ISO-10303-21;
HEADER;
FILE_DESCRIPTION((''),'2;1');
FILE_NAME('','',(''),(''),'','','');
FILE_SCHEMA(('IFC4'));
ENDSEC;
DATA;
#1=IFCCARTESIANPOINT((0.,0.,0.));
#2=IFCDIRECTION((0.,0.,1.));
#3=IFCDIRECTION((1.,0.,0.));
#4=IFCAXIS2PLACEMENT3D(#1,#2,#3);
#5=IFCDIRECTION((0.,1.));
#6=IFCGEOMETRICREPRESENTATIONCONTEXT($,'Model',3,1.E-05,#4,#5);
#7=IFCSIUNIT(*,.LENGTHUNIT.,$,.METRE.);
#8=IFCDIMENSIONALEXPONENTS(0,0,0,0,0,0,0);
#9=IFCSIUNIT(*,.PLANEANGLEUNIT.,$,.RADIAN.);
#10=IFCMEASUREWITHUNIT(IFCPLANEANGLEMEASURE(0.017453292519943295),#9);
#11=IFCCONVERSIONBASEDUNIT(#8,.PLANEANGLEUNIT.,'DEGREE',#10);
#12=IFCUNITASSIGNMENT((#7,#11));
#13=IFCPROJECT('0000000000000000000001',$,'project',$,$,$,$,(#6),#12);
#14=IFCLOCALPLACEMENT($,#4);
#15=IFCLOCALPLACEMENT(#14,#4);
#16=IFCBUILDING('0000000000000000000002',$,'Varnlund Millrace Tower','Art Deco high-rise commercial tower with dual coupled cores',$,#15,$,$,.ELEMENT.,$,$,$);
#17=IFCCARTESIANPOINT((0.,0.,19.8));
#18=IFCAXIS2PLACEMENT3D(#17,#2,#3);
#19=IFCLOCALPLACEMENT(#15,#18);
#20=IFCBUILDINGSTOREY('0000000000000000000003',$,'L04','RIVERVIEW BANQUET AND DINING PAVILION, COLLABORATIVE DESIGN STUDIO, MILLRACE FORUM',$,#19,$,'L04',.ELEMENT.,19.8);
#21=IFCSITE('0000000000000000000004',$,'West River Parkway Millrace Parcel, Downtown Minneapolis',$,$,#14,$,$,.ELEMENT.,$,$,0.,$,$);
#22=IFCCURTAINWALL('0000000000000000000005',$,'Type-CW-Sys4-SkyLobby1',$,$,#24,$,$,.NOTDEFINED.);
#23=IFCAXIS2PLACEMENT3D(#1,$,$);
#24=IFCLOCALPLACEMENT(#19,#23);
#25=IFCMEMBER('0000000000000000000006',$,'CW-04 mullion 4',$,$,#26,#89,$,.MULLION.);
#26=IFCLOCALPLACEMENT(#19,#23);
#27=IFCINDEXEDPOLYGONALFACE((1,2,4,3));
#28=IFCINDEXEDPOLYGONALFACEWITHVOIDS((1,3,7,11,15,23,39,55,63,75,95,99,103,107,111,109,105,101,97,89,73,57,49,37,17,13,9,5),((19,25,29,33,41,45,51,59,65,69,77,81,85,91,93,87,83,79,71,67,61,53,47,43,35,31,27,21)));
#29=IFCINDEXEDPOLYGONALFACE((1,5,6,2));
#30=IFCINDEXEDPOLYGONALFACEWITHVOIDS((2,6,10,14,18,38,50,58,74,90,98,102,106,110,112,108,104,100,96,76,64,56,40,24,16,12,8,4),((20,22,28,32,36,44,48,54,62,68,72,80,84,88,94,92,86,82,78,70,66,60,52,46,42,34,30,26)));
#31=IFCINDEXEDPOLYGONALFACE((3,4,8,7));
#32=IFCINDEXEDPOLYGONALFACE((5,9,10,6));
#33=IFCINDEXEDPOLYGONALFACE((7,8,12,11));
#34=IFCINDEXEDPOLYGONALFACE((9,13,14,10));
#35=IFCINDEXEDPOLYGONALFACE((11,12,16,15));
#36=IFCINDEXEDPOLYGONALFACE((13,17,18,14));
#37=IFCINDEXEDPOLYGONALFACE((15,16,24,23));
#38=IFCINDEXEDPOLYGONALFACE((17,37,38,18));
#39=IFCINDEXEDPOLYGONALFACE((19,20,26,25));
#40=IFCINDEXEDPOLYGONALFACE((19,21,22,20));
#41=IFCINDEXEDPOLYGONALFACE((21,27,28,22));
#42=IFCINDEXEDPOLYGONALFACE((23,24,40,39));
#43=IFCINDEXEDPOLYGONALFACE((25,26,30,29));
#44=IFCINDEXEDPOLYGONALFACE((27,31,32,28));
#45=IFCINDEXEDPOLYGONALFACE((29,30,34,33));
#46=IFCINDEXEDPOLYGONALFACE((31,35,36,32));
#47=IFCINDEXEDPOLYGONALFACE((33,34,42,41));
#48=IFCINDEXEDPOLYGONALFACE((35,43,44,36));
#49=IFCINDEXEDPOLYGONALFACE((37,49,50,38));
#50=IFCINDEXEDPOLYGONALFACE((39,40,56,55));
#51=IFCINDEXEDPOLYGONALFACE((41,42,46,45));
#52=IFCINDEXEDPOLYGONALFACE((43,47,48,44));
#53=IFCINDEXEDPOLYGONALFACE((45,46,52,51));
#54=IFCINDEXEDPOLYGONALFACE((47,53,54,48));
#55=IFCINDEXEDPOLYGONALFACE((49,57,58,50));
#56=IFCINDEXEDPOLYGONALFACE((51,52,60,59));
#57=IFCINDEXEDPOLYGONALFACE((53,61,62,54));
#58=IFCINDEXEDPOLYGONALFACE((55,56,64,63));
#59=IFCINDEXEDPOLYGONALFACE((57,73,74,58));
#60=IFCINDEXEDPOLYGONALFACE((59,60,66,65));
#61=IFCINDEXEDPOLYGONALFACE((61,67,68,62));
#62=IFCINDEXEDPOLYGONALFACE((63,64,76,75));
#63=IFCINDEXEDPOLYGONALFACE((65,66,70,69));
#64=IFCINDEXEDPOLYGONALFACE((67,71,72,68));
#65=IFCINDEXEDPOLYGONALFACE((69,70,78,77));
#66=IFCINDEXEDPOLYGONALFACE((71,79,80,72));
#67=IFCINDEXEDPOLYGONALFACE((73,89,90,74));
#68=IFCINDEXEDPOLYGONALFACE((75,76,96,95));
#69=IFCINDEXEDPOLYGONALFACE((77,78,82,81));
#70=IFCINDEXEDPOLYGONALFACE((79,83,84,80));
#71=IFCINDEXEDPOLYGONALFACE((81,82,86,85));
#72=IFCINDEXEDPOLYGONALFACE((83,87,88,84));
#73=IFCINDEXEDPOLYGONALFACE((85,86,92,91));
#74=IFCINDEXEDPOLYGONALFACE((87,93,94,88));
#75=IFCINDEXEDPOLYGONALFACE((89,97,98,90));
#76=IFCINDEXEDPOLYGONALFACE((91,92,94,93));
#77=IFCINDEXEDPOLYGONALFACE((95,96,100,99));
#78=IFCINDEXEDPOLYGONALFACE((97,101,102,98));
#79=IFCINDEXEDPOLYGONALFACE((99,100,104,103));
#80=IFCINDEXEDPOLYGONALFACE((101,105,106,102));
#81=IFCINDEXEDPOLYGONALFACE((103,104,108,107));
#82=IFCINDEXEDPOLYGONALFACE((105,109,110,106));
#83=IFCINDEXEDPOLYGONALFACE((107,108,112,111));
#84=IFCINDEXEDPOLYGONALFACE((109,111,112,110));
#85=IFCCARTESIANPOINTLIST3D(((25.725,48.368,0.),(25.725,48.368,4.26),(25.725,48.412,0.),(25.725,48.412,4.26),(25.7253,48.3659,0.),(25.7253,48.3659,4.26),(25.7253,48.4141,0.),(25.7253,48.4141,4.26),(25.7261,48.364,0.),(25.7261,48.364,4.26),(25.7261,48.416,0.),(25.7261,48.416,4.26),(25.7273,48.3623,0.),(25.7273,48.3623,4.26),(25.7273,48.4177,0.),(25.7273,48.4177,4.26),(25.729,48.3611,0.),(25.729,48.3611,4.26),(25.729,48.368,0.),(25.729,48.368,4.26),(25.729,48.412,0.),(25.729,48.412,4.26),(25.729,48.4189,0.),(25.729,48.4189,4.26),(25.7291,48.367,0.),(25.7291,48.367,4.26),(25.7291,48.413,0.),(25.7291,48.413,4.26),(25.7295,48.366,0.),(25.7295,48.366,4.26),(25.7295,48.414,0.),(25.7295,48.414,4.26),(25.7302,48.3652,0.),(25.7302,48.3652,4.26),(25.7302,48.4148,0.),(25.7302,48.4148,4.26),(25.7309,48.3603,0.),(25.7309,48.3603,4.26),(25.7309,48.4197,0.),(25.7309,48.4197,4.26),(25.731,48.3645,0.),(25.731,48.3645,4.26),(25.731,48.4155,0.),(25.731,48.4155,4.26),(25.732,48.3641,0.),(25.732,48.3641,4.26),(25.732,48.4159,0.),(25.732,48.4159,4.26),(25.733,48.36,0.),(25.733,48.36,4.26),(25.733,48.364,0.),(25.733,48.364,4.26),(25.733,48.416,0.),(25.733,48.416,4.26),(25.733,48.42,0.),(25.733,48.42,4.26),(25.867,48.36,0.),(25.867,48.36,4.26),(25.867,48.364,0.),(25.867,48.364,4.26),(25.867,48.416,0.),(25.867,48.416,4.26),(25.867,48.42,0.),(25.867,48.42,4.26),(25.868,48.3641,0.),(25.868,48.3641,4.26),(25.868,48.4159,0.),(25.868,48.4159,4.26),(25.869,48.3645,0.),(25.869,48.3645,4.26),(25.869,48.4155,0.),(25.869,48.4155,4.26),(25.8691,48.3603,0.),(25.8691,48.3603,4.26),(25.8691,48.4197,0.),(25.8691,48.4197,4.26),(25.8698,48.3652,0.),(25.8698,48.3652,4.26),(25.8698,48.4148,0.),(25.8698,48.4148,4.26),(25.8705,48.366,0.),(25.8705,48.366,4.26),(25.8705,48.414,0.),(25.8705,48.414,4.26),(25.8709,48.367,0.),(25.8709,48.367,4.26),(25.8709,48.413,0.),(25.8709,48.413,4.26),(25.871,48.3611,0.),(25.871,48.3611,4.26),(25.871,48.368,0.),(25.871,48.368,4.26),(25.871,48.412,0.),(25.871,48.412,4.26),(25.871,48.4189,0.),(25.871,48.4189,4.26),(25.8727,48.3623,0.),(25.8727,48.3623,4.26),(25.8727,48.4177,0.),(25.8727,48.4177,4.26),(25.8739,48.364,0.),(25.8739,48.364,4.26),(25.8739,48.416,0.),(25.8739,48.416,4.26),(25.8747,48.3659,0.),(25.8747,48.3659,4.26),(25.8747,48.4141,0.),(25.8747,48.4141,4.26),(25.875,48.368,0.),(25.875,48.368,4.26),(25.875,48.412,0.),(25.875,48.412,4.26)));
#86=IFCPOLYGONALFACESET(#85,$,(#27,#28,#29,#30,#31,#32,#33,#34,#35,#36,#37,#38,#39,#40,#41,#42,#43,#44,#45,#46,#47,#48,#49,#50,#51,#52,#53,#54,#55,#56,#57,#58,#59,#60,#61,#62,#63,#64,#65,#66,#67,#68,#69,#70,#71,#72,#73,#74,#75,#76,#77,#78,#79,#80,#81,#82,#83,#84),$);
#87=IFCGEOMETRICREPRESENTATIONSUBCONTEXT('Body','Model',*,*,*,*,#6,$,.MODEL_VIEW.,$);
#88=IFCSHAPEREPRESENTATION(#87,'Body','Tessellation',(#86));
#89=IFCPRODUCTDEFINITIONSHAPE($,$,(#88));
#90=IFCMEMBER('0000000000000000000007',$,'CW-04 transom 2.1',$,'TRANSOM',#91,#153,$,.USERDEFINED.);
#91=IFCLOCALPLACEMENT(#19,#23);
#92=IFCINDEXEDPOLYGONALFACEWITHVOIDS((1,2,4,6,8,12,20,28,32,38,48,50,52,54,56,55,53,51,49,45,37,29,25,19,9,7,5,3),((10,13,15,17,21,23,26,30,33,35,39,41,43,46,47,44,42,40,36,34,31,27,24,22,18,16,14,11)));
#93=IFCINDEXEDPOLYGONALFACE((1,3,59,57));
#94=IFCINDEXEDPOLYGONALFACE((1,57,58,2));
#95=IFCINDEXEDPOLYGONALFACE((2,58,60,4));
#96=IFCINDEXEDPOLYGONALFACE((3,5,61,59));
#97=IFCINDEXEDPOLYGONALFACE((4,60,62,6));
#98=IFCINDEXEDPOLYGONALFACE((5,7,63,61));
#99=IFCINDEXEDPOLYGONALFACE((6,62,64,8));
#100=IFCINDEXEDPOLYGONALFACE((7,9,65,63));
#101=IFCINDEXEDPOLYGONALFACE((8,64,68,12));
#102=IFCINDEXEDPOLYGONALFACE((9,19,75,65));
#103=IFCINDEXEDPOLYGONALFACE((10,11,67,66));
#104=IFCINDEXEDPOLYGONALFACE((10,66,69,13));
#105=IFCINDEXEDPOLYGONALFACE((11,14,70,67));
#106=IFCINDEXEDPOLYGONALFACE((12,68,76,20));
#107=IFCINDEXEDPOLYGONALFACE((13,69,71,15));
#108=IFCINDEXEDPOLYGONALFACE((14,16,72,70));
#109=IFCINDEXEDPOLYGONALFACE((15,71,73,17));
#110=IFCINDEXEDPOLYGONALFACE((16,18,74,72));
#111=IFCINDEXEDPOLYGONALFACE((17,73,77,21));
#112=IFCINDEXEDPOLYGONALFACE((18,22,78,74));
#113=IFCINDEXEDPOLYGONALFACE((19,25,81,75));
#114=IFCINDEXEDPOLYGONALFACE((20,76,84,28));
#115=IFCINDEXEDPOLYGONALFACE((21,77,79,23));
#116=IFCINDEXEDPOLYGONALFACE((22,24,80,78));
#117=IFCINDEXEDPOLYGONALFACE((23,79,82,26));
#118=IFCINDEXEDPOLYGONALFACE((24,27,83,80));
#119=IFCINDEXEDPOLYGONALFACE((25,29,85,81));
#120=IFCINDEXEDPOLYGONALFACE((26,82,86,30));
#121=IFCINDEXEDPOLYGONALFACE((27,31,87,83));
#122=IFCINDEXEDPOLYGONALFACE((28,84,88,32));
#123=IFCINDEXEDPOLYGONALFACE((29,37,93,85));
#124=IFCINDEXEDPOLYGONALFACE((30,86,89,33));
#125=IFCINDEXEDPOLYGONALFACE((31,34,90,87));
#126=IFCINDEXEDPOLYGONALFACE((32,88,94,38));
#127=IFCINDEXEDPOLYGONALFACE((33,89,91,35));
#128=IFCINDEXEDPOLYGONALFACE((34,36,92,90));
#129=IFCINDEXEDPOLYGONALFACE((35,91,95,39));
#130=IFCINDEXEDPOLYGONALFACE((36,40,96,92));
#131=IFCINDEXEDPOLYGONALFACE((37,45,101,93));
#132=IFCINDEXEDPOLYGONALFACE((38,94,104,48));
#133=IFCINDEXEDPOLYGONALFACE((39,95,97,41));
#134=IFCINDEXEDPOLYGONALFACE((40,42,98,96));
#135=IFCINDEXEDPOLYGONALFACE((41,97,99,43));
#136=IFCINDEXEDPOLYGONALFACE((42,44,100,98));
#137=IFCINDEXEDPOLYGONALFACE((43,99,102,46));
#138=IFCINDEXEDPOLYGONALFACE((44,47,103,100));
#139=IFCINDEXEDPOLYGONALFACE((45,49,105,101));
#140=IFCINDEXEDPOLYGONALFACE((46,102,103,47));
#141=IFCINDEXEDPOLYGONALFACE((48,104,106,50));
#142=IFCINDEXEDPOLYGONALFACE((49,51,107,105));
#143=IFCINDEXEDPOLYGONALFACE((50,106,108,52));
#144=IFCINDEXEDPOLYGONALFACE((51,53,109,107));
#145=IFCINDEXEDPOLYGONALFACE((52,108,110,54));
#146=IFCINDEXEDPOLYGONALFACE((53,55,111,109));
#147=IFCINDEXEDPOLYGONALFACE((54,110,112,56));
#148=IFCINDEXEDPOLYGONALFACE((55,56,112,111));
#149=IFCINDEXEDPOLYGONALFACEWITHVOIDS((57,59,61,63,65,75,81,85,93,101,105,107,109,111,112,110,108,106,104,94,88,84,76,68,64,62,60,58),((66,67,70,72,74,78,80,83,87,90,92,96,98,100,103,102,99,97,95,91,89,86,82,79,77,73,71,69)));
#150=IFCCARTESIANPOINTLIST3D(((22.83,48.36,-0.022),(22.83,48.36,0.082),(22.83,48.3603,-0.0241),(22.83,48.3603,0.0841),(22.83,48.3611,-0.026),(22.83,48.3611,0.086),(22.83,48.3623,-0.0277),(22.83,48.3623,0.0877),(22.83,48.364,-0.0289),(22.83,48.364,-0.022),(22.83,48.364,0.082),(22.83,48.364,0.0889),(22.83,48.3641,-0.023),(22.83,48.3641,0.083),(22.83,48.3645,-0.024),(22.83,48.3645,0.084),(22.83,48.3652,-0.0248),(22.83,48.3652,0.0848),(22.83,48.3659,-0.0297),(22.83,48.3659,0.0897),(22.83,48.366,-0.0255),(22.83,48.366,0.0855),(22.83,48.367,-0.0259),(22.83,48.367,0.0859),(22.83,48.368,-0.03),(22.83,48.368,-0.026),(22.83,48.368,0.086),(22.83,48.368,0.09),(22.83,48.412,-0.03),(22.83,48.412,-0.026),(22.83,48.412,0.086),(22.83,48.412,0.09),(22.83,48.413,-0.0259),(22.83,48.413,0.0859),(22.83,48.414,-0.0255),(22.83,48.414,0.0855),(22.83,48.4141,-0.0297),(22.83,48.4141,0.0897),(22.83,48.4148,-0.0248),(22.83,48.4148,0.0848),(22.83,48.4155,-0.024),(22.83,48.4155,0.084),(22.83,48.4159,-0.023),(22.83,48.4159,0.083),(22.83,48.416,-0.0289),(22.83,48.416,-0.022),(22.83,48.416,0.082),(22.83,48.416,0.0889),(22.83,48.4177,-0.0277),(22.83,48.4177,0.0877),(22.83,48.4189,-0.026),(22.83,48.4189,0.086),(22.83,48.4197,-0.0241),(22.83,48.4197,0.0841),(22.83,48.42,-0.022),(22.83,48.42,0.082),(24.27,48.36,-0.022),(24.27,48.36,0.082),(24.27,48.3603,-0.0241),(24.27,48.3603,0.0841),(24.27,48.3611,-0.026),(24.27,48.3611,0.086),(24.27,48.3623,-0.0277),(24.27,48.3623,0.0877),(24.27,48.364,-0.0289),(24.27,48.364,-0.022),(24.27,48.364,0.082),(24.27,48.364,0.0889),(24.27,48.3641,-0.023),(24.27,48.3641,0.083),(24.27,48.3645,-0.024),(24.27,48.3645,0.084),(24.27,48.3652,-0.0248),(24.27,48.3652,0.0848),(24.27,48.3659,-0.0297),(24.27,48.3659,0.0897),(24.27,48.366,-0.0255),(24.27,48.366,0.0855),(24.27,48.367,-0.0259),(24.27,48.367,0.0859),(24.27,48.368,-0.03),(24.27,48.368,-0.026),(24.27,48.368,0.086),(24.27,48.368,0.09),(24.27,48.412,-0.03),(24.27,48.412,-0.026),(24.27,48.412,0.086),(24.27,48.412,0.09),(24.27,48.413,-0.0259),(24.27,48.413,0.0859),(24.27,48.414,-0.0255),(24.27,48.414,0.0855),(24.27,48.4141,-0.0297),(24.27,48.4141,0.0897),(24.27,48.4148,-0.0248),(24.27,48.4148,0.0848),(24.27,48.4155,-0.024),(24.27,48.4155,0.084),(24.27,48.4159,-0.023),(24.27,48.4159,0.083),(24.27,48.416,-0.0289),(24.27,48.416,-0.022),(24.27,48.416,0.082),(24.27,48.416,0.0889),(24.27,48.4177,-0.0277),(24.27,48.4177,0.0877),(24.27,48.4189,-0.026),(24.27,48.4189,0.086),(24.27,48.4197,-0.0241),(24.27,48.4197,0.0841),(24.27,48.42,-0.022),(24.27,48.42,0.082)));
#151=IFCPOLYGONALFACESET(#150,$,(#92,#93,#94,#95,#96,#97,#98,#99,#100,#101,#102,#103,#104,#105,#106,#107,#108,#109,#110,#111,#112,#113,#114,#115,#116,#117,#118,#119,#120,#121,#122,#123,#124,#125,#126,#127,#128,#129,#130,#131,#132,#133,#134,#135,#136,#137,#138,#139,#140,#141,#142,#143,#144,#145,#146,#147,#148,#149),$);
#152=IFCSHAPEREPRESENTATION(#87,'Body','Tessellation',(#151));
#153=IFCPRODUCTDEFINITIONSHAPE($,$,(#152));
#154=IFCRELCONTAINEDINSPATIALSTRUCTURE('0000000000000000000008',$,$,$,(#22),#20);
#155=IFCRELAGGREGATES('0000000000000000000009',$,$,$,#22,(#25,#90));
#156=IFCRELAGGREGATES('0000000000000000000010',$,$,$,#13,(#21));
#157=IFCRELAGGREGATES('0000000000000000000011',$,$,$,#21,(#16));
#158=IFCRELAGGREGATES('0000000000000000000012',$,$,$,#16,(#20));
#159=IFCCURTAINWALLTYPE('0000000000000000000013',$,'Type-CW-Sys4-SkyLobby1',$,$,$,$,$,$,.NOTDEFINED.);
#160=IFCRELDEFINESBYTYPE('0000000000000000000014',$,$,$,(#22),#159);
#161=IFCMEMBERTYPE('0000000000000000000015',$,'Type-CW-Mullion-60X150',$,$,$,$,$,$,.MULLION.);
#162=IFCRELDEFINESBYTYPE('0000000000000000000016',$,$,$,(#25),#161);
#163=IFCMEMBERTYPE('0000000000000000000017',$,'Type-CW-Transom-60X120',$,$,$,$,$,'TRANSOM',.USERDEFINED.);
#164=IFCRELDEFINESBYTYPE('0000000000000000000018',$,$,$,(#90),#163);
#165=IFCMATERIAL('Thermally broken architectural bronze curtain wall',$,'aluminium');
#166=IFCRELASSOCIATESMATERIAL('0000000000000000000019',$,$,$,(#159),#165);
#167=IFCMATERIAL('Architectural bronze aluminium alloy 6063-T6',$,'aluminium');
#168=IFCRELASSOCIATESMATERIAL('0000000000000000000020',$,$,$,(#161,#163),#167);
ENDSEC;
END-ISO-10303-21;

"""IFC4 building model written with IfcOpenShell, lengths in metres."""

from ifc_helpers import new_model, entity, si_unit, converted_unit, direction, frame, origin_with_axes, origin_2d_with_axis, place, context, subcontext, project, spatial, hollow_rectangle, extrude, material, material_profile, profile_set, type_object, element, aggregate, save


model = new_model("IFC4")

# Units and contexts
model_context = context("Model", 3, precision=1e-05, world=origin_with_axes(), true_north=direction((0.0, 1.0)))
body_context = subcontext(model_context, "Body", "Model", "MODEL_VIEW")
ifc_project = project(units=[si_unit("LENGTHUNIT", "METRE"), converted_unit("PLANEANGLEUNIT", "DEGREE", entity("IfcPlaneAngleMeasure", 0.017453292519943295), si_unit("PLANEANGLEUNIT", "RADIAN"), dimensions=[0, 0, 0, 0, 0, 0, 0])], contexts=[model_context])

# Site, building, storey
site_placement = place(None, origin_with_axes())
site = spatial("IfcSite", under=ifc_project, at=site_placement, Name="West River Parkway Millrace Parcel, Downtown Minneapolis", CompositionType="ELEMENT", RefElevation=0.0)
building_placement = place(site_placement, origin_with_axes())
building = spatial("IfcBuilding", under=site, at=building_placement, Name="Varnlund Millrace Tower", Description="Art Deco high-rise commercial tower with dual coupled cores", CompositionType="ELEMENT")
storey_placement = place(building_placement, frame((0.0, 0.0, 19.8), z_axis=(0.0, 0.0, 1.0), x_axis=(1.0, 0.0, 0.0)))
storey = spatial("IfcBuildingStorey", under=building, at=storey_placement, Name="L04", Description="RIVERVIEW BANQUET AND DINING PAVILION, COLLABORATIVE DESIGN STUDIO, MILLRACE FORUM", LongName="L04", CompositionType="ELEMENT", Elevation=19.8)

# Curtain wall, members
ifc_material_1 = material(Name="Thermally broken architectural bronze curtain wall", Category="aluminium")
curtain_wall_type = type_object("IfcCurtainWallType", Name="Type-CW-Sys4-SkyLobby1", PredefinedType="NOTDEFINED", material=ifc_material_1)
curtain_wall_placement = place(storey_placement, frame((21.3, 48.39, 0.0), z_axis=(0.0, 0.0, 1.0), x_axis=(1.0, 0.0, 0.0)))
curtain_wall = element("IfcCurtainWall", 1, at=curtain_wall_placement, inside=storey, type_object=curtain_wall_type, Name="Type-CW-Sys4-SkyLobby1", PredefinedType="NOTDEFINED")
ifc_material_2 = material(Name="Architectural bronze aluminium alloy 6063-T6", Category="aluminium")
ifc_material_profile_1 = material_profile(ifc_material_2, hollow_rectangle(XDim=0.06, YDim=0.15, WallThickness=0.004, InnerFilletRadius=0.004, OuterFilletRadius=0.008, at=origin_2d_with_axis()), Name="Architectural bronze aluminium alloy 6063-T6")
ifc_profile_set_1 = profile_set([ifc_material_profile_1], Name="Architectural bronze aluminium alloy 6063-T6")
member_type_1 = type_object("IfcMemberType", Name="Type-CW-Mullion-60X150", PredefinedType="MULLION", material=ifc_profile_set_1)
member_1_placement = place(storey_placement, frame((25.8, 48.39, 0.0), z_axis=(0.0, 0.0, 1.0), x_axis=(0.0, 1.0, 0.0)))
member_1 = element("IfcMember", 2, at=member_1_placement, type_object=member_type_1, Name="CW-04 mullion 4", PredefinedType="MULLION", context=body_context, shape_type="SweptSolid", body=[
    extrude(hollow_rectangle(XDim=0.06, YDim=0.15, WallThickness=0.004, InnerFilletRadius=0.004, OuterFilletRadius=0.008, at=origin_2d_with_axis()), origin_with_axes(), (0.0, 0.0, 1.0), 4.26),
])
ifc_material_profile_2 = material_profile(ifc_material_2, hollow_rectangle(XDim=0.06, YDim=0.12, WallThickness=0.004, InnerFilletRadius=0.004, OuterFilletRadius=0.008, at=origin_2d_with_axis()), Name="Architectural bronze aluminium alloy 6063-T6")
ifc_profile_set_2 = profile_set([ifc_material_profile_2], Name="Architectural bronze aluminium alloy 6063-T6")
member_type_2 = type_object("IfcMemberType", Name="Type-CW-Transom-60X120", ElementType="TRANSOM", PredefinedType="USERDEFINED", material=ifc_profile_set_2)
member_2_placement = place(storey_placement, frame((22.83, 48.39, 0.03), z_axis=(1.0, 0.0, 0.0), x_axis=(0.0, 1.0, 0.0)))
member_2 = element("IfcMember", 3, at=member_2_placement, type_object=member_type_2, Name="CW-04 transom 2.1", ObjectType="TRANSOM", PredefinedType="USERDEFINED", context=body_context, shape_type="SweptSolid", body=[
    extrude(hollow_rectangle(XDim=0.06, YDim=0.12, WallThickness=0.004, InnerFilletRadius=0.004, OuterFilletRadius=0.008, at=origin_2d_with_axis()), origin_with_axes(), (0.0, 0.0, 1.0), 1.44),
])
aggregate(curtain_wall, [member_1, member_2])

save(model, "model.ifc")
